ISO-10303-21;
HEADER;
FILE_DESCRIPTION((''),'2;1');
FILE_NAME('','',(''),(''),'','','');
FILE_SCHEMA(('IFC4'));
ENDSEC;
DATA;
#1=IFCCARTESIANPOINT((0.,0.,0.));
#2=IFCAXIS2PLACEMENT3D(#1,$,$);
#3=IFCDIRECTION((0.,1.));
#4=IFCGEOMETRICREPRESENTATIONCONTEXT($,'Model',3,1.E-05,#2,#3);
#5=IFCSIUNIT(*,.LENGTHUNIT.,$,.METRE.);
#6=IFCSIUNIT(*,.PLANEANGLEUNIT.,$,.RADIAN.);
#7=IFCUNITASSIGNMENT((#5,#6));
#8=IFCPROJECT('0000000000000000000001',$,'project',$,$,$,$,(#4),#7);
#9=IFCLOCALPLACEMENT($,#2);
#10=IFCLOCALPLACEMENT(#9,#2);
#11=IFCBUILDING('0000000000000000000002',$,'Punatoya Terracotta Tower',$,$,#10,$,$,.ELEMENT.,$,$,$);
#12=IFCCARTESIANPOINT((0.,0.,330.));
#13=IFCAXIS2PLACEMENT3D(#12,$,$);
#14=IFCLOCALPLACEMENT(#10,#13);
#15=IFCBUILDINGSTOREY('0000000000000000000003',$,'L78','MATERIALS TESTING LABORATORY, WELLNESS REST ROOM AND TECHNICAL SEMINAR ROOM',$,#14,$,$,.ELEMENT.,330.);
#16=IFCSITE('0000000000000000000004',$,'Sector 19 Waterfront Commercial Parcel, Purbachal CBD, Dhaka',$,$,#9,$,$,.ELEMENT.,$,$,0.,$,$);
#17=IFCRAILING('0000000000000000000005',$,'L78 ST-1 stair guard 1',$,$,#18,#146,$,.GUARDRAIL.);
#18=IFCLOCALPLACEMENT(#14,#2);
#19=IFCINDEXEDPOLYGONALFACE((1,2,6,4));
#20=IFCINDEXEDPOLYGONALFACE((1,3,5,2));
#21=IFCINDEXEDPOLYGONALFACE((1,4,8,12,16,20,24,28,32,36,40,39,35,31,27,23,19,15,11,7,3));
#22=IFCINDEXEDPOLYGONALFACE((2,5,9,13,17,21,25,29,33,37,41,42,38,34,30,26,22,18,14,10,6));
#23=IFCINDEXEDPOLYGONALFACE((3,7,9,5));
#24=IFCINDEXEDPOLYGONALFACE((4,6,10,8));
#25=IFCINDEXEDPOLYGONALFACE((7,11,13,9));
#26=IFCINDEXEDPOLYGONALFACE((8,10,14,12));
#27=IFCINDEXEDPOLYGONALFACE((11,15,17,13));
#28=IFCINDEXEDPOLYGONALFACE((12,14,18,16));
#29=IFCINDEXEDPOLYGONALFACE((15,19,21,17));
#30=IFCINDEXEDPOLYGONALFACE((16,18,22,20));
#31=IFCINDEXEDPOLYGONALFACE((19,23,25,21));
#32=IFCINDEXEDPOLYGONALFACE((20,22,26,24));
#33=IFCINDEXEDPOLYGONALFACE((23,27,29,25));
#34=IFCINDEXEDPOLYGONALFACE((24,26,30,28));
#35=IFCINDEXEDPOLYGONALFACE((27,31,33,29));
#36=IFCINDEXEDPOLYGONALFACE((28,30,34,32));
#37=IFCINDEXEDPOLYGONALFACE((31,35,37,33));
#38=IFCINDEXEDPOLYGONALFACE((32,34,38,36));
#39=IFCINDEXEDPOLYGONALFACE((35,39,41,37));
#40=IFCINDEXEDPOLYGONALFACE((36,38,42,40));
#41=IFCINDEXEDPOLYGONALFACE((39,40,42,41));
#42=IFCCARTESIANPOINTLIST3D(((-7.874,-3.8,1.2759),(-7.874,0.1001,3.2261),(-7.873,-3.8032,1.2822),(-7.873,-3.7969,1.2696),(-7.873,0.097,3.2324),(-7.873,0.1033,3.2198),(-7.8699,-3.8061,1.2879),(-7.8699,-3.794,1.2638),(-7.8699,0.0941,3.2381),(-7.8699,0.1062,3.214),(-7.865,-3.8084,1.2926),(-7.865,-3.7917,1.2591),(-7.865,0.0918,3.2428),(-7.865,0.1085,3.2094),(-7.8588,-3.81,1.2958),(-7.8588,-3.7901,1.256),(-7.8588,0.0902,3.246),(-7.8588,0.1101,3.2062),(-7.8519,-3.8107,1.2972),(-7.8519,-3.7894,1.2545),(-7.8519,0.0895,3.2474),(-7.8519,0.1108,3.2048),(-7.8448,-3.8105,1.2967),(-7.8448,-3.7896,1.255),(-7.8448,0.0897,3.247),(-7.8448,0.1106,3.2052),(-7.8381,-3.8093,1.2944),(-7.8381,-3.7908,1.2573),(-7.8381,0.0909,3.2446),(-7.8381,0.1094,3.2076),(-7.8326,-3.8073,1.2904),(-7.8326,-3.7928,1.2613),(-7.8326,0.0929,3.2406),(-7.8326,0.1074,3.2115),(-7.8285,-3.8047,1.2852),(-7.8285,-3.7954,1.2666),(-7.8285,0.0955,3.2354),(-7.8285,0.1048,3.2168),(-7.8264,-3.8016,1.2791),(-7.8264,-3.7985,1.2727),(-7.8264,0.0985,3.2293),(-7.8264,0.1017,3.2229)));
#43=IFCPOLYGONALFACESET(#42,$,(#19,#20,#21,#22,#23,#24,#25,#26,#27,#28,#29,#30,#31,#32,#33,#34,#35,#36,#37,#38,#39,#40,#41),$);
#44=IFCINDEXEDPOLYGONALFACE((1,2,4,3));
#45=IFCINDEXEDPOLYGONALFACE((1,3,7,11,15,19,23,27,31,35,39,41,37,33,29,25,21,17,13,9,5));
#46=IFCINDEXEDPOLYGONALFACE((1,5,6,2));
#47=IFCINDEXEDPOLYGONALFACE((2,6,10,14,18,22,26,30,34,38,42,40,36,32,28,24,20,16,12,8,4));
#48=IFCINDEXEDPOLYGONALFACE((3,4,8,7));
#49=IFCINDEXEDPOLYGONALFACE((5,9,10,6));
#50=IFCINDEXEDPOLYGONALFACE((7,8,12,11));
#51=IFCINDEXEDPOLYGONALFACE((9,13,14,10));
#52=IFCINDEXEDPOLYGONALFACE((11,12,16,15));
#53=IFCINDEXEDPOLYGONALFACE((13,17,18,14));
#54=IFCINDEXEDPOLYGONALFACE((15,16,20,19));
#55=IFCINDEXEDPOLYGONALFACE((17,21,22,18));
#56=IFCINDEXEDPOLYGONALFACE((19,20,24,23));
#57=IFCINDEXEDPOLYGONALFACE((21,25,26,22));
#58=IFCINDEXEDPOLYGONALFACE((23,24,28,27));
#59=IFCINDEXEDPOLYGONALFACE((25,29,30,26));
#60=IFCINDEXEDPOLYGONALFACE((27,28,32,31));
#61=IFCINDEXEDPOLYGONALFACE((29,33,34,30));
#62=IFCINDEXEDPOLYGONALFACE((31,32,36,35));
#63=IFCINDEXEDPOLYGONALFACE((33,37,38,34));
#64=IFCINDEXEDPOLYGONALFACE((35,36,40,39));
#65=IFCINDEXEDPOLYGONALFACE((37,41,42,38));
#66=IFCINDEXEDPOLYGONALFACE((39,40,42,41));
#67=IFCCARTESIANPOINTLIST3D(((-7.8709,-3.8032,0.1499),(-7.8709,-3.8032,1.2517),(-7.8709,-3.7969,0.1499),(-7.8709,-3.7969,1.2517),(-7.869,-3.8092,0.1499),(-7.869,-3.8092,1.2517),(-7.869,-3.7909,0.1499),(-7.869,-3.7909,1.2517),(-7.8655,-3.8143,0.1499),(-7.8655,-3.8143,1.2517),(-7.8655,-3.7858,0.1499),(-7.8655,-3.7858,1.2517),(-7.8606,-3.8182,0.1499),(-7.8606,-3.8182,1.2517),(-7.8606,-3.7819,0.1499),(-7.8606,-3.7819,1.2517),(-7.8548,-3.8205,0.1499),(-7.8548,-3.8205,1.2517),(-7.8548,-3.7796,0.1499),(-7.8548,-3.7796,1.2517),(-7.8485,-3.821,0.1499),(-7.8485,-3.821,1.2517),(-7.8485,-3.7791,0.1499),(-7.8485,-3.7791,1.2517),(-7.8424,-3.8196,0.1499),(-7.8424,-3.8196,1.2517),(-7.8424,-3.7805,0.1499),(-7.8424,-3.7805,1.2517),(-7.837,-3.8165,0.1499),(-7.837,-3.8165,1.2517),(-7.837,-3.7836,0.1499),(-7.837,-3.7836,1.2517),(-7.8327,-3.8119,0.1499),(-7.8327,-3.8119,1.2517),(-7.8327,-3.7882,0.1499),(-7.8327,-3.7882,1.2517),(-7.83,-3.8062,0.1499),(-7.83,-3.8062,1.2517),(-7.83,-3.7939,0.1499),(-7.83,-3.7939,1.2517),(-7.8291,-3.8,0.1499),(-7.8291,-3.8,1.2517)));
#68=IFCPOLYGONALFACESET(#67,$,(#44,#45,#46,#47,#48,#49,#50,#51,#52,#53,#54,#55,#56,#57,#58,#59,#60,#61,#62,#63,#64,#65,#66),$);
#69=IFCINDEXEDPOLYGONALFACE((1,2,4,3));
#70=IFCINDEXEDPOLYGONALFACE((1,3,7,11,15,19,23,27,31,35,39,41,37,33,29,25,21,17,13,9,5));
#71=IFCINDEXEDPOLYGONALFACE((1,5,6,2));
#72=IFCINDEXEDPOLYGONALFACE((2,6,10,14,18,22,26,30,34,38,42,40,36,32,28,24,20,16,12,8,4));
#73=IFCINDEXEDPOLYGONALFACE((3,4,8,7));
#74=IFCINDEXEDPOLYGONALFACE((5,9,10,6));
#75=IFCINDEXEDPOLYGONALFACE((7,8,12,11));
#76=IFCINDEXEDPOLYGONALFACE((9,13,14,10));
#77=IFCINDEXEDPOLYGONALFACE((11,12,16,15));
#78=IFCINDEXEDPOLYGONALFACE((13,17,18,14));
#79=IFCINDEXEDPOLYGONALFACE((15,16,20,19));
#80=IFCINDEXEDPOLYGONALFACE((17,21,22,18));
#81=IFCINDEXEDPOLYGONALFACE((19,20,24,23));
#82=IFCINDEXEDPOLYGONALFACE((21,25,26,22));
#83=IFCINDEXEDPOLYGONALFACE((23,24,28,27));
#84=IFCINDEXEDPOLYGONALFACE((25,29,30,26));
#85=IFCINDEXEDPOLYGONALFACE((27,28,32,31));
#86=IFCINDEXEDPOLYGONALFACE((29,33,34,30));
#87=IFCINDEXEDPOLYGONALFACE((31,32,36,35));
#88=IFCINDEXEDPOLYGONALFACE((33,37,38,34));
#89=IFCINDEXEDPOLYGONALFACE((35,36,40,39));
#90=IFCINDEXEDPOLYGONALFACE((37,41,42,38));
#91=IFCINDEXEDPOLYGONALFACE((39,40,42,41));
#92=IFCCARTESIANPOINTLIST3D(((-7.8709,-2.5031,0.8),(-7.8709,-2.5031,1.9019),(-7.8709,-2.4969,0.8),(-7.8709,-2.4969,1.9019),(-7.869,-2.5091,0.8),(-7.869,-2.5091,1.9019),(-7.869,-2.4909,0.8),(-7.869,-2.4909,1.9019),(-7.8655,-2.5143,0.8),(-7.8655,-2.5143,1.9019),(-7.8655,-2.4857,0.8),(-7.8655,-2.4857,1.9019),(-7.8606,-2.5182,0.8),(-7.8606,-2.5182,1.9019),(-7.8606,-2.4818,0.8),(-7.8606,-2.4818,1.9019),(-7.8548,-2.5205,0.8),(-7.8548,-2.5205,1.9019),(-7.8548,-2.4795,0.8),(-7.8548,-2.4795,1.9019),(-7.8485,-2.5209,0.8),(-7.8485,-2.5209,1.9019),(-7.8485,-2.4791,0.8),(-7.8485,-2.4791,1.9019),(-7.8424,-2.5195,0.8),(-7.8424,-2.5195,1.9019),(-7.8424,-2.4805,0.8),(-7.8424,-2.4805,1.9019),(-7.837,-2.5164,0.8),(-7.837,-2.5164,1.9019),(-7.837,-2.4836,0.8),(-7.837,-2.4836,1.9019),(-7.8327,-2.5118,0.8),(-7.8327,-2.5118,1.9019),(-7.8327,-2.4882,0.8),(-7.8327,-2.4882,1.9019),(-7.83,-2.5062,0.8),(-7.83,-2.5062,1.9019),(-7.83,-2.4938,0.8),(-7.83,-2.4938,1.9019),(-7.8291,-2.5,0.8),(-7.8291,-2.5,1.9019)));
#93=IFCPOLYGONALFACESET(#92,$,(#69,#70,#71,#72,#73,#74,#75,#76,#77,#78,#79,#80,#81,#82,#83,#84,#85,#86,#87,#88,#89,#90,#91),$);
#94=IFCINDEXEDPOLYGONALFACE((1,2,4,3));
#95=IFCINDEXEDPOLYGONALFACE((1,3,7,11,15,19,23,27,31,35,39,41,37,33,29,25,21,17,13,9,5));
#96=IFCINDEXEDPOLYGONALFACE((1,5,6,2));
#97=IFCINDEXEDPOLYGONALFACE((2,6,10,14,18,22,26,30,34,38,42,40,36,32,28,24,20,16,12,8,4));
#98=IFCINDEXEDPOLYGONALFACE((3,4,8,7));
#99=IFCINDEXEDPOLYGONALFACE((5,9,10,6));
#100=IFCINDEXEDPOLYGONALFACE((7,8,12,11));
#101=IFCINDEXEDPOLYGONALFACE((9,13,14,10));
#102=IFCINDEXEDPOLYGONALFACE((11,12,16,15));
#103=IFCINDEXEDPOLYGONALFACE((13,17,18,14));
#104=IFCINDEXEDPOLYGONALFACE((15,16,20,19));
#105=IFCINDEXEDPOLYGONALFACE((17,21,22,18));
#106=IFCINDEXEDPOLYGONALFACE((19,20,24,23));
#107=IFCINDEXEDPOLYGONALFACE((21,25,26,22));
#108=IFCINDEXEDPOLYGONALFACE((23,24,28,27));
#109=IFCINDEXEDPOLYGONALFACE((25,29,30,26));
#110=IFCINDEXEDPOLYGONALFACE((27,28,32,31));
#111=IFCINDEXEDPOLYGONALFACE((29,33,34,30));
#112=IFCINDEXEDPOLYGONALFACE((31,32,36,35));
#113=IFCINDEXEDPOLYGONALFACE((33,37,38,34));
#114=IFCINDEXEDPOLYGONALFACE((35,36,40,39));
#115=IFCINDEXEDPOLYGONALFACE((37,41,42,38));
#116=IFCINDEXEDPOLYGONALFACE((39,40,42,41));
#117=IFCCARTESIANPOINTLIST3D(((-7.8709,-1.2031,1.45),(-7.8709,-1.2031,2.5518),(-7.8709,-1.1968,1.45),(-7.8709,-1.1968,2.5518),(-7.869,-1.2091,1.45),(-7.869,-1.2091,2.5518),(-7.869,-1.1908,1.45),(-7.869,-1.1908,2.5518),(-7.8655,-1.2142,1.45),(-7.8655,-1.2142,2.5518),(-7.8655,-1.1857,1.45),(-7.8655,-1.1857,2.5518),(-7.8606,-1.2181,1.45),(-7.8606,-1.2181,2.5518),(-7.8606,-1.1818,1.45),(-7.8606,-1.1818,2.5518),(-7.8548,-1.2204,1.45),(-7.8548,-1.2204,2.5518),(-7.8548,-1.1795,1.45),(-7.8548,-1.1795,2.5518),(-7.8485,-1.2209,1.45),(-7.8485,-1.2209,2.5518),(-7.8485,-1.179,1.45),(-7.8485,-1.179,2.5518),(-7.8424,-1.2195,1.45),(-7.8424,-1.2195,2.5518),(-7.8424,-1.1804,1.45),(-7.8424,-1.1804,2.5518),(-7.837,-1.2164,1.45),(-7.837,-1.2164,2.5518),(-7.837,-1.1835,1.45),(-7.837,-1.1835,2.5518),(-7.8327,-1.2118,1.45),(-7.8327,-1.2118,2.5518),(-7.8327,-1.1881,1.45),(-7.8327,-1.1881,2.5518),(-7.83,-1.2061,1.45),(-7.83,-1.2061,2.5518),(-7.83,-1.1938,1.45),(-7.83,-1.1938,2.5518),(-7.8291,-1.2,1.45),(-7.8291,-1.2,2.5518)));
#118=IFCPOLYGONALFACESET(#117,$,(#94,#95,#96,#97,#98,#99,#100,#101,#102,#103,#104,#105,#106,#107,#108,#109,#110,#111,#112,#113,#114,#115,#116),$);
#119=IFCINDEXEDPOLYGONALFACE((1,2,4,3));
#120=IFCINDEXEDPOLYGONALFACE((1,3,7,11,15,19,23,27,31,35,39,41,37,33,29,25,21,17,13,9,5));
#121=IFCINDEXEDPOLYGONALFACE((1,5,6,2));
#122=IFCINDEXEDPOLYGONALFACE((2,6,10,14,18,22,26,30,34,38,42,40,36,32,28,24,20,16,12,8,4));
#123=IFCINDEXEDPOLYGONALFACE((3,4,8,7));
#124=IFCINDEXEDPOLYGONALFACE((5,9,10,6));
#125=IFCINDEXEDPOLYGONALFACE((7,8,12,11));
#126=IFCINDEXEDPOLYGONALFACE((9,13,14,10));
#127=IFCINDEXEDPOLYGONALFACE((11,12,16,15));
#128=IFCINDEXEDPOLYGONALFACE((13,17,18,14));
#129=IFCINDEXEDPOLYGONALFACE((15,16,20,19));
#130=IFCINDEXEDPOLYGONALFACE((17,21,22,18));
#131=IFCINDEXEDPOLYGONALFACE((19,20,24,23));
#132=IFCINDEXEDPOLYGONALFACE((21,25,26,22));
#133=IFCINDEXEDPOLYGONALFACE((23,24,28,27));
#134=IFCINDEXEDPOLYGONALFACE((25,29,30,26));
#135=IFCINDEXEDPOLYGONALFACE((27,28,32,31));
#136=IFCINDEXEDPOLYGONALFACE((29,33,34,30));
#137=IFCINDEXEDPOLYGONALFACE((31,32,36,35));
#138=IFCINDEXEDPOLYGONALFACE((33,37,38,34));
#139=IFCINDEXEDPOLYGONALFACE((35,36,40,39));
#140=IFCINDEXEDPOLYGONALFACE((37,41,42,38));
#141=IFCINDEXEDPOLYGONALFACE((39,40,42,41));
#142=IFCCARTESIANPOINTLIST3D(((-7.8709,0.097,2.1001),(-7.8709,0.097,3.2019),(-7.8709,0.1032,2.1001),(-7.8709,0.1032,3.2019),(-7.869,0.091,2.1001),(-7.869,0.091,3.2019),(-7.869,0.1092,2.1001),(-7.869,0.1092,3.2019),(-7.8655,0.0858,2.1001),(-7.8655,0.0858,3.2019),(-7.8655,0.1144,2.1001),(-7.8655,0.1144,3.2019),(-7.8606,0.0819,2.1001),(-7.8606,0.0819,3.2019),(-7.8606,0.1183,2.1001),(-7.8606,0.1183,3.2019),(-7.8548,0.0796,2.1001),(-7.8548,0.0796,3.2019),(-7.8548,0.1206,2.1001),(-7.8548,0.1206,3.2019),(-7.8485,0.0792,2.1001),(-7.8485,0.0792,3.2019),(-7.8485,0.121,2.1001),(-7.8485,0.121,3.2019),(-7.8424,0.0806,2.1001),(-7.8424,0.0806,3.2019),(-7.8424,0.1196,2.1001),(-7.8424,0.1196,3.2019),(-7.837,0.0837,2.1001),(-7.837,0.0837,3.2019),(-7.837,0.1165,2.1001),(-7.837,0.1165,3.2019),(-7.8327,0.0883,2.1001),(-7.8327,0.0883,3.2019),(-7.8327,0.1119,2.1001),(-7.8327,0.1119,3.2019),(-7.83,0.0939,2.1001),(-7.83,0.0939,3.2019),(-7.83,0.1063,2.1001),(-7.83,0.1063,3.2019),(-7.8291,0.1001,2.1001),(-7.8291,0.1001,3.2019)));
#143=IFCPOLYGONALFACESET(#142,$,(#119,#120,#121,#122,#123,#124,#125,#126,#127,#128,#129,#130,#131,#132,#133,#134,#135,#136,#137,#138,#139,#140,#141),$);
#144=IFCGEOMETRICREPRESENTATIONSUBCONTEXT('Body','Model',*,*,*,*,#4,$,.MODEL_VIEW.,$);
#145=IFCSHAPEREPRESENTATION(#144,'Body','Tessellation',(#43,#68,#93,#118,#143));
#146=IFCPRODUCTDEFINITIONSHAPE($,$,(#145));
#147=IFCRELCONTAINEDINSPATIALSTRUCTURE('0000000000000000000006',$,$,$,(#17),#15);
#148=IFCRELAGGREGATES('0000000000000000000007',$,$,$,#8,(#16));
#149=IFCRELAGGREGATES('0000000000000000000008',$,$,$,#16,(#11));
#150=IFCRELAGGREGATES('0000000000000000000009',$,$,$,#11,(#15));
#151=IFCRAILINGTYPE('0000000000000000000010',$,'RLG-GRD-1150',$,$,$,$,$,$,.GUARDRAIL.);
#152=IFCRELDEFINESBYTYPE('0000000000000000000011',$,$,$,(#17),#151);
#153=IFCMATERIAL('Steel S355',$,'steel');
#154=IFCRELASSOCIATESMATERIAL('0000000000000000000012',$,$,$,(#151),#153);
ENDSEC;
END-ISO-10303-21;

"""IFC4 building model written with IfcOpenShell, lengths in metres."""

from ifc_helpers import new_model, si_unit, direction, frame, origin, origin_2d, place, context, subcontext, project, spatial, circle, extrude, material, type_object, element, save


model = new_model("IFC4")

# Units and contexts
model_context = context("Model", 3, precision=1e-05, world=origin(), true_north=direction((0.0, 1.0)))
body_context = subcontext(model_context, "Body", "Model", "MODEL_VIEW")
ifc_project = project(units=[si_unit("LENGTHUNIT", "METRE"), si_unit("PLANEANGLEUNIT", "RADIAN")], contexts=[model_context])

# Site, building, storey
site_placement = place(None, origin())
site = spatial("IfcSite", under=ifc_project, at=site_placement, Name="Sector 19 Waterfront Commercial Parcel, Purbachal CBD, Dhaka", CompositionType="ELEMENT", RefElevation=0.0)
building_placement = place(site_placement, origin())
building = spatial("IfcBuilding", under=site, at=building_placement, Name="Punatoya Terracotta Tower", CompositionType="ELEMENT")
storey_placement = place(building_placement, frame((0.0, 0.0, 330.0)))
storey = spatial("IfcBuildingStorey", under=building, at=storey_placement, Name="L78", Description="MATERIALS TESTING LABORATORY, WELLNESS REST ROOM AND TECHNICAL SEMINAR ROOM", CompositionType="ELEMENT", Elevation=330.0)

# Shared definitions
ifc_material_1 = material(Name="Steel S355", Category="steel")

# Railing
railing_type_1 = type_object("IfcRailingType", Name="RLG-GRD-1150", PredefinedType="GUARDRAIL", material=ifc_material_1)
railing_1_placement = place(storey_placement, frame((-7.8501, -3.8, 0.1499)))
element("IfcRailing", 1, at=railing_1_placement, inside=storey, type_object=railing_type_1, Name="L78 ST-1 stair guard 1", PredefinedType="GUARDRAIL", context=body_context, shape_type="SweptSolid", body=[
    extrude(circle(Radius=0.0239, at=origin_2d()), frame((0.0, 0.0, 1.126), z_axis=(0.0, 0.894416, 0.447236), x_axis=(-1.0, 0.0, 0.0)), (0.0, 0.0, 1.0), 4.3606),
    extrude(circle(Radius=0.021, at=origin_2d()), origin(), (0.0, 0.0, 1.0), 1.1018),
    extrude(circle(Radius=0.021, at=origin_2d()), frame((0.0, 1.3, 0.6501)), (0.0, 0.0, 1.0), 1.1018),
    extrude(circle(Radius=0.021, at=origin_2d()), frame((0.0, 2.6001, 1.3)), (0.0, 0.0, 1.0), 1.1018),
    extrude(circle(Radius=0.021, at=origin_2d()), frame((0.0, 3.9001, 1.9502)), (0.0, 0.0, 1.0), 1.1018),
])

save(model, "model.ifc")
